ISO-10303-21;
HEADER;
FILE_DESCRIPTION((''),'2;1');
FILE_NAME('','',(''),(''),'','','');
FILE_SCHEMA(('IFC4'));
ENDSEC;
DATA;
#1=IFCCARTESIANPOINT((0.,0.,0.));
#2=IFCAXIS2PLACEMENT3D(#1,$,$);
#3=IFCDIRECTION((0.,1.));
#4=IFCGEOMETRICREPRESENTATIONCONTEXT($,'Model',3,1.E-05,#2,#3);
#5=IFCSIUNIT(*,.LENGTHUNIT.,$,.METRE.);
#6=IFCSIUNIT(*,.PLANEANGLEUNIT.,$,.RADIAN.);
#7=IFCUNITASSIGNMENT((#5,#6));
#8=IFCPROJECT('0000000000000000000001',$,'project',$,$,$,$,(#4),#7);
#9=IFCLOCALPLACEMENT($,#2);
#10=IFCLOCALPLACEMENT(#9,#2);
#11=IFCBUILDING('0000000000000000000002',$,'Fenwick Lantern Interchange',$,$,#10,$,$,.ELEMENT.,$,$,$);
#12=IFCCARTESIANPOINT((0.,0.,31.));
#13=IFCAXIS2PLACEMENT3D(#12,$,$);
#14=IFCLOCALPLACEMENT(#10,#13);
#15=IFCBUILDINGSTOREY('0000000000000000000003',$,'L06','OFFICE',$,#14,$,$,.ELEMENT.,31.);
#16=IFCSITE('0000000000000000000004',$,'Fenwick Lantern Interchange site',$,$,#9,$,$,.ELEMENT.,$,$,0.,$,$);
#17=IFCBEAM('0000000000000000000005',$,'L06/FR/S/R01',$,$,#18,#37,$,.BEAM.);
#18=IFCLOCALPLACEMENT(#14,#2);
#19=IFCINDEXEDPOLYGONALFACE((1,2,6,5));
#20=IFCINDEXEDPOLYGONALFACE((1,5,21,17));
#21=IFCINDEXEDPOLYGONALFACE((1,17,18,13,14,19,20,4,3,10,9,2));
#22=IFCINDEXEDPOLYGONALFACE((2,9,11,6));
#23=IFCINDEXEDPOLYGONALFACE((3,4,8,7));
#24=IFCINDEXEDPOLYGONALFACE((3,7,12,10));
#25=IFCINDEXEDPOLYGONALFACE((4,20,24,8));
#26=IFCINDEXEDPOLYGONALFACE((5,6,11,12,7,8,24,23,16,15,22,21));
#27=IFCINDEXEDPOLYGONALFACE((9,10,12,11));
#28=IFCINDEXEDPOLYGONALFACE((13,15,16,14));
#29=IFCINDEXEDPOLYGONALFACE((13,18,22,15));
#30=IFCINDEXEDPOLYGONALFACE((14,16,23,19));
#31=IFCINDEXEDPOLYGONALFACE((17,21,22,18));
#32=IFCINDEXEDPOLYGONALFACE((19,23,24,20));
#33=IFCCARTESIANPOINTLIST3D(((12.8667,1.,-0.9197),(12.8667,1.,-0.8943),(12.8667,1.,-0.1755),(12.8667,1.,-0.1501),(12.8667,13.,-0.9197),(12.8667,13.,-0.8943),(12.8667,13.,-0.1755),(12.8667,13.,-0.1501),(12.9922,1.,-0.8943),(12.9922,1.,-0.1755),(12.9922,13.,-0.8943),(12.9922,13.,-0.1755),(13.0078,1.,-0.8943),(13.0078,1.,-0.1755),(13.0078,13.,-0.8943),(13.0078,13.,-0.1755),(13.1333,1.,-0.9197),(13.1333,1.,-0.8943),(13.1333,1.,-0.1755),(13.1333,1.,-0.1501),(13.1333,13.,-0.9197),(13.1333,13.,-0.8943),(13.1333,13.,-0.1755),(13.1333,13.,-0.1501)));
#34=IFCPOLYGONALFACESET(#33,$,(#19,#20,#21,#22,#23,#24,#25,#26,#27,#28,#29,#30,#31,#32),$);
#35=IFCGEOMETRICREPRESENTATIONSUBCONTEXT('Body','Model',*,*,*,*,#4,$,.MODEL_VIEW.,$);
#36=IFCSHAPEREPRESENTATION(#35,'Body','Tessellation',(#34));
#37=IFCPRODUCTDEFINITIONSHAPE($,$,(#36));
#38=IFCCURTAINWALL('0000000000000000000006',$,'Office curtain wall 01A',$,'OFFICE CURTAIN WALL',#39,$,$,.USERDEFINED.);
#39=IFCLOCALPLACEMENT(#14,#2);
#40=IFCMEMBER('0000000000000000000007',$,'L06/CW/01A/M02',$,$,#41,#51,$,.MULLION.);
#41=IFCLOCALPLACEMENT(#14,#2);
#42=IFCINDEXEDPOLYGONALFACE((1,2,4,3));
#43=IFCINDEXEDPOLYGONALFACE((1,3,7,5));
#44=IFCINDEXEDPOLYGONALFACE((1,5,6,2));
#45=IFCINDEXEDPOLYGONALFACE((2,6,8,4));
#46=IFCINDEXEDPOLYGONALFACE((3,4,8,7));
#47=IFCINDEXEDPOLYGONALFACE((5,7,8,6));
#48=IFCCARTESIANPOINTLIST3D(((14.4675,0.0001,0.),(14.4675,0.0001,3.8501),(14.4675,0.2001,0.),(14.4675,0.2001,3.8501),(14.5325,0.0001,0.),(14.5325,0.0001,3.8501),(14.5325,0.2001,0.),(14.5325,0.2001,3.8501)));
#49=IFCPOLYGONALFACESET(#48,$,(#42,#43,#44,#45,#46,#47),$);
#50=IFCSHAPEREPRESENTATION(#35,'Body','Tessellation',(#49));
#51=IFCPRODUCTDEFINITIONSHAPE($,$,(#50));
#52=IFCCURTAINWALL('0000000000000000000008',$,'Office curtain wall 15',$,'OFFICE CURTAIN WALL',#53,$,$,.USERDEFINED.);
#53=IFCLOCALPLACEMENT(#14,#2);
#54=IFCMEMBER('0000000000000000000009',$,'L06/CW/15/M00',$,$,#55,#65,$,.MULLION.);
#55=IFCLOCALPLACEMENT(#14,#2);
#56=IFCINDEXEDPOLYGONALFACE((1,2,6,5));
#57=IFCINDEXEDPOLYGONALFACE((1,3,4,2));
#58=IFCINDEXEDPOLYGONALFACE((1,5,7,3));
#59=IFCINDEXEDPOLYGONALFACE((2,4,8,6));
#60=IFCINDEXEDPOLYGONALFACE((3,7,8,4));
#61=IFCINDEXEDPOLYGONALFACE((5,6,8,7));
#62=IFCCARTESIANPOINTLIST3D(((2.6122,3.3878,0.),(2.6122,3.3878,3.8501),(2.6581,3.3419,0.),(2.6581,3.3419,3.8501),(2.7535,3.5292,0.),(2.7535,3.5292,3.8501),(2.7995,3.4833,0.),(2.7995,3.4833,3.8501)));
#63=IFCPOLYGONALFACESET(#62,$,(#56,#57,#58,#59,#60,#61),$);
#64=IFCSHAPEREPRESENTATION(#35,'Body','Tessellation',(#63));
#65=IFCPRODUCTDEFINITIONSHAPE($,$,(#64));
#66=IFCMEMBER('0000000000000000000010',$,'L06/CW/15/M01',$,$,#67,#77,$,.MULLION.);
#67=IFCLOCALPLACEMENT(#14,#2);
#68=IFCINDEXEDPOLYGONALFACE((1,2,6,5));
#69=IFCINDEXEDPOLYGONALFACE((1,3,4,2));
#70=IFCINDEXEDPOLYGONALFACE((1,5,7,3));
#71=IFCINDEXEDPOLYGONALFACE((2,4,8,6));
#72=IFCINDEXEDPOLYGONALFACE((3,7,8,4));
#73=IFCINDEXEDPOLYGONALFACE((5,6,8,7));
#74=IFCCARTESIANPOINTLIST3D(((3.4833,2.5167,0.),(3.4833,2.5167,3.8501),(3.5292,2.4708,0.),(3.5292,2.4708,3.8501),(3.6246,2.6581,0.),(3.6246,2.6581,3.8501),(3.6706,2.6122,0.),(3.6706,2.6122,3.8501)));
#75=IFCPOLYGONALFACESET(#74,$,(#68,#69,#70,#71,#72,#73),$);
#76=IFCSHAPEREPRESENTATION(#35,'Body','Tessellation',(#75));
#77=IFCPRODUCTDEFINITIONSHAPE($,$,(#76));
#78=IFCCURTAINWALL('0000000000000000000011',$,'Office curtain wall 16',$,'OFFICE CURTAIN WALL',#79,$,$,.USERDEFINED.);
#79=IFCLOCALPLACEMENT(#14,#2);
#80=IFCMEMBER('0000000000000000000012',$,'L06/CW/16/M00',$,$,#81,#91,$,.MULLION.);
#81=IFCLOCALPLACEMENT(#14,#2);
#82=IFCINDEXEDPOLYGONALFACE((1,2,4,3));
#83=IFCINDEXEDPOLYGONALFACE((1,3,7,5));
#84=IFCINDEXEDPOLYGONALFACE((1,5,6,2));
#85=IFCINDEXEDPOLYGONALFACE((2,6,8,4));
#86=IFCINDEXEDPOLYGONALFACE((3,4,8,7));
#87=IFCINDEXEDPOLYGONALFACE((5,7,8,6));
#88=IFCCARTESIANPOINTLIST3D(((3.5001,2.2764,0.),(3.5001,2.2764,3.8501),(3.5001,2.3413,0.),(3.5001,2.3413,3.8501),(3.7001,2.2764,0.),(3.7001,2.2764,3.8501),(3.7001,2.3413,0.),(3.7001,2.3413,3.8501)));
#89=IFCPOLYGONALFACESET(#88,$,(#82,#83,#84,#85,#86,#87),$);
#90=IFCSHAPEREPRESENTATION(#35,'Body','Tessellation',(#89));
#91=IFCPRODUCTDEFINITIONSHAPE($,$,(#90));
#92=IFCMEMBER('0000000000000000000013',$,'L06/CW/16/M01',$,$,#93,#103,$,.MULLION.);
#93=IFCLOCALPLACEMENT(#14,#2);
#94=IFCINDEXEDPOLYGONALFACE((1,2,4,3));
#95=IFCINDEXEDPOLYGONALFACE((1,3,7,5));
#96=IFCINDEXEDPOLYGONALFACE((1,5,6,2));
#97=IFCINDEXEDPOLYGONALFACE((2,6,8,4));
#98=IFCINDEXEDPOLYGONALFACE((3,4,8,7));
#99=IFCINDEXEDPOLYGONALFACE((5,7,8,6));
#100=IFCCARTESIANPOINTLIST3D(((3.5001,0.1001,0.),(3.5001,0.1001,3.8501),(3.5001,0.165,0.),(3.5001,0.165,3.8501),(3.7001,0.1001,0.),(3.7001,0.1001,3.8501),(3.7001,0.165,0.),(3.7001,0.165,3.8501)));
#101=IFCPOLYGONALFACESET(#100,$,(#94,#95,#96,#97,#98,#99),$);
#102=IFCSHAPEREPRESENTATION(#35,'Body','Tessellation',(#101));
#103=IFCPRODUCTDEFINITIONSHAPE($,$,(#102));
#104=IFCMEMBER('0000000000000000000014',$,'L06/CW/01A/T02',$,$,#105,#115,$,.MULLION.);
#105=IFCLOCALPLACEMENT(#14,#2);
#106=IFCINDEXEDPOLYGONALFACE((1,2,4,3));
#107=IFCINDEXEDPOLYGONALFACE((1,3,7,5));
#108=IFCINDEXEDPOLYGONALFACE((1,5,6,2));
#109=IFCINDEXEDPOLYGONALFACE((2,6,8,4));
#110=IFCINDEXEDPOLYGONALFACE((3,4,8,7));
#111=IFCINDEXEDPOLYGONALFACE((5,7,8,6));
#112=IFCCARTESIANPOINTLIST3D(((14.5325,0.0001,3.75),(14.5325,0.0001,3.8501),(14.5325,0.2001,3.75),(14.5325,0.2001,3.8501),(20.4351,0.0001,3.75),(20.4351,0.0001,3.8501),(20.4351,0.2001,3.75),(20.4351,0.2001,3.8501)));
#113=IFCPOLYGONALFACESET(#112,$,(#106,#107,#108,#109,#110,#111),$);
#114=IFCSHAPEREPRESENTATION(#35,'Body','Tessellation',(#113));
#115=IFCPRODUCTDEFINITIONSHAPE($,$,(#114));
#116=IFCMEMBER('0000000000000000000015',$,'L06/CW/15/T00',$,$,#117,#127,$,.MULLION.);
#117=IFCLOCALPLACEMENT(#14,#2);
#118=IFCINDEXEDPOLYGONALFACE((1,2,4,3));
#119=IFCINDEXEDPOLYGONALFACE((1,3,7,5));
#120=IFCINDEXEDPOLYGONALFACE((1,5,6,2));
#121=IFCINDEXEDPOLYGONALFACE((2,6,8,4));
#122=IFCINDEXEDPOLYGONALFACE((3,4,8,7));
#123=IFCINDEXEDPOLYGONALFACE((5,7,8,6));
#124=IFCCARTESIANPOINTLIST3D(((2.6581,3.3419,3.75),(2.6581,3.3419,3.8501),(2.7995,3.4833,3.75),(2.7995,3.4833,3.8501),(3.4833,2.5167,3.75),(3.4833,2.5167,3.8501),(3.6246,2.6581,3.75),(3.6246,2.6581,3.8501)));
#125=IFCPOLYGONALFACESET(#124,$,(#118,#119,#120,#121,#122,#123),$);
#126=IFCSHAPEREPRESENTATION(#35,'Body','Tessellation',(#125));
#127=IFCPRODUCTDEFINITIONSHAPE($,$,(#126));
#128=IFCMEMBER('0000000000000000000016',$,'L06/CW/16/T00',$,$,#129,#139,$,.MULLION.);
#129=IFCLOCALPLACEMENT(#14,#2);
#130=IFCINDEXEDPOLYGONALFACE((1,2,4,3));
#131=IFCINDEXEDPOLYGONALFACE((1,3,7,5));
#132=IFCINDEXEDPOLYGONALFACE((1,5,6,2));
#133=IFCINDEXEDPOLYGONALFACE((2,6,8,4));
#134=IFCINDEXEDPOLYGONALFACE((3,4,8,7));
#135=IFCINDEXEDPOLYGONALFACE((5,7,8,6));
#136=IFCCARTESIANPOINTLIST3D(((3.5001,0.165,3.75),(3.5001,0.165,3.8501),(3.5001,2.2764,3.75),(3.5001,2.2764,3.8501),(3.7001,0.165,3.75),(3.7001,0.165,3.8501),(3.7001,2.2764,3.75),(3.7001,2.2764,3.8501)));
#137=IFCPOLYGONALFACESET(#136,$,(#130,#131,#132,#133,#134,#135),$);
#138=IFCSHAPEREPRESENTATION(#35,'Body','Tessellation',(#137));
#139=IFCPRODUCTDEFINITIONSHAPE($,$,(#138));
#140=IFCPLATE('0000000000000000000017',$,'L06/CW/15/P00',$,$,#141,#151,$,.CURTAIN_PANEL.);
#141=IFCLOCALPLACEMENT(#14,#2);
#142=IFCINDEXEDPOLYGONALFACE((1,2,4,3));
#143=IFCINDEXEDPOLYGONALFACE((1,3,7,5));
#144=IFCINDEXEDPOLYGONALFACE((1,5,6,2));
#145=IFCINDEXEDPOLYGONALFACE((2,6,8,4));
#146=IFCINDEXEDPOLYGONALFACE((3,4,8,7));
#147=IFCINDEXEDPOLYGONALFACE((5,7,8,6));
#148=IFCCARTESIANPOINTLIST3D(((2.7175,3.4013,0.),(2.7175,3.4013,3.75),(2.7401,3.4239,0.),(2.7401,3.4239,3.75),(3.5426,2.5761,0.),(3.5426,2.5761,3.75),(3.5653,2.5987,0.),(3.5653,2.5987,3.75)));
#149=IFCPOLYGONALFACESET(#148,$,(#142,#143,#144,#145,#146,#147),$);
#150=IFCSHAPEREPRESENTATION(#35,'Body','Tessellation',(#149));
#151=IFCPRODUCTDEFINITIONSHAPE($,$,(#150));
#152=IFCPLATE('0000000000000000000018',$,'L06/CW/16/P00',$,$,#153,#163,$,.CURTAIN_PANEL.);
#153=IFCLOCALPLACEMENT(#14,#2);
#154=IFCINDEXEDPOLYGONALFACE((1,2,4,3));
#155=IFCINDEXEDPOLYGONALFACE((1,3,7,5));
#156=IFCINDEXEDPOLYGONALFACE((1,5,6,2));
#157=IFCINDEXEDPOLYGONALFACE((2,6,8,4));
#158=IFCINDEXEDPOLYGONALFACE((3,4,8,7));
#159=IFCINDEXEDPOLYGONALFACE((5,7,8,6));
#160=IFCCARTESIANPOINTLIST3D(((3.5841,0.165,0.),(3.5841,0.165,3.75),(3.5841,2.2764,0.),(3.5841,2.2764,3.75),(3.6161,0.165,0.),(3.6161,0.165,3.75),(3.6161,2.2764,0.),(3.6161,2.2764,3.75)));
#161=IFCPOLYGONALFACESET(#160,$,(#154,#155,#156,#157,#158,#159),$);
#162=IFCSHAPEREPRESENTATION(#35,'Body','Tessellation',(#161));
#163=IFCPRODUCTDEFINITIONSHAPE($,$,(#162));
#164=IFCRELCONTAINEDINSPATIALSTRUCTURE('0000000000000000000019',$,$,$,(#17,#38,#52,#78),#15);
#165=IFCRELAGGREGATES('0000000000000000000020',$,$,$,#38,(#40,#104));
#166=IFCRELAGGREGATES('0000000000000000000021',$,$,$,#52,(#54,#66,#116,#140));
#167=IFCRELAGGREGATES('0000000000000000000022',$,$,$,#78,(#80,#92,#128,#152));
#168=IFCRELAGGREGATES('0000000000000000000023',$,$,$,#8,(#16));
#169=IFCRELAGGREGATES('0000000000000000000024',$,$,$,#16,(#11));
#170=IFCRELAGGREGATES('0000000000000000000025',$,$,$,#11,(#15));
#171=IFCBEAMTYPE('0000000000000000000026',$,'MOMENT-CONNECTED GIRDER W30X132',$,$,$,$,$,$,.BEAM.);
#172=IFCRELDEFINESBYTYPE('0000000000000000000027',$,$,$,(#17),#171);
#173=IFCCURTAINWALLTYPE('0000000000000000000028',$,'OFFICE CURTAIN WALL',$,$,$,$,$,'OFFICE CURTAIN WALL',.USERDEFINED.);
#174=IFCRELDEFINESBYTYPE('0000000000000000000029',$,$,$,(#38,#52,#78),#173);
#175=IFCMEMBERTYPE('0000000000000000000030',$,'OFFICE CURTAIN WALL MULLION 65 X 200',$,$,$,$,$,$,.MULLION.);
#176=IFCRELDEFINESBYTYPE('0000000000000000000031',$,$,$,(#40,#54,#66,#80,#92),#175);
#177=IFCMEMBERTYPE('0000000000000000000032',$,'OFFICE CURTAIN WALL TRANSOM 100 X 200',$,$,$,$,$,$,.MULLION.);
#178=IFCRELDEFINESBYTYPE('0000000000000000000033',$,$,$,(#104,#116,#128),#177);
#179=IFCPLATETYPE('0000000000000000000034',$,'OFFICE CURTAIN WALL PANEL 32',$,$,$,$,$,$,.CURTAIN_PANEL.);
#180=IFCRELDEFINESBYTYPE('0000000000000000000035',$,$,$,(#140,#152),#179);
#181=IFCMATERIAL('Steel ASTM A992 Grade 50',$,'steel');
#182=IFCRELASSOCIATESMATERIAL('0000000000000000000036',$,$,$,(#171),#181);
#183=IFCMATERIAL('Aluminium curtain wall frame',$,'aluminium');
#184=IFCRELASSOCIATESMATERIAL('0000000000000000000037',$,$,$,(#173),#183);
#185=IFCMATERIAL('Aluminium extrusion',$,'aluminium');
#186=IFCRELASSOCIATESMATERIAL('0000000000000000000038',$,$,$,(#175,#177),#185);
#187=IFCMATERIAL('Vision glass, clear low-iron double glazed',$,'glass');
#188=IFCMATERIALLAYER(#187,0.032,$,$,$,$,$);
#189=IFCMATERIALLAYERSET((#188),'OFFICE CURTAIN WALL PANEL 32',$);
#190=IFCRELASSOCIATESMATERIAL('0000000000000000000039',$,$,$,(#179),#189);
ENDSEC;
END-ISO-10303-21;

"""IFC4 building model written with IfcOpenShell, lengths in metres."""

from ifc_helpers import new_model, si_unit, direction, frame, origin, origin_2d, place, context, subcontext, project, spatial, rectangle, i_section, extrude, material, layer, layer_set, material_profile, profile_set, type_object, element, aggregate, save


model = new_model("IFC4")

# Units and contexts
model_context = context("Model", 3, precision=1e-05, world=origin(), true_north=direction((0.0, 1.0)))
body_context = subcontext(model_context, "Body", "Model", "MODEL_VIEW")
ifc_project = project(units=[si_unit("LENGTHUNIT", "METRE"), si_unit("PLANEANGLEUNIT", "RADIAN")], contexts=[model_context])

# Site, building, storey
site_placement = place(None, origin())
site = spatial("IfcSite", under=ifc_project, at=site_placement, Name="Fenwick Lantern Interchange site", CompositionType="ELEMENT", RefElevation=0.0)
building_placement = place(site_placement, origin())
building = spatial("IfcBuilding", under=site, at=building_placement, Name="Fenwick Lantern Interchange", CompositionType="ELEMENT")
storey_placement = place(building_placement, frame((0.0, 0.0, 31.0)))
storey = spatial("IfcBuildingStorey", under=building, at=storey_placement, Name="L06", Description="OFFICE", CompositionType="ELEMENT", Elevation=31.0)

# Shared definitions
ifc_material_1 = material(Name="Steel ASTM A992 Grade 50", Category="steel")

# Beam
ifc_material_profile_1 = material_profile(ifc_material_1, i_section(OverallWidth=0.2666, OverallDepth=0.7695, WebThickness=0.0156, FlangeThickness=0.0254, at=origin_2d()), Name="W30X132")
ifc_profile_set_1 = profile_set([ifc_material_profile_1], Name="Steel ASTM A992 Grade 50")
beam_type_1 = type_object("IfcBeamType", Name="MOMENT-CONNECTED GIRDER W30X132", PredefinedType="BEAM", material=ifc_profile_set_1)
beam_1_placement = place(storey_placement, frame((13.0, 1.0, -0.5349), z_axis=(0.0, 1.0, 0.0), x_axis=(-1.0, 0.0, 0.0)))
element("IfcBeam", 1, at=beam_1_placement, inside=storey, type_object=beam_type_1, Name="L06/FR/S/R01", PredefinedType="BEAM", context=body_context, shape_type="SweptSolid", body=[
    extrude(i_section(OverallWidth=0.2666, OverallDepth=0.7695, WebThickness=0.0156, FlangeThickness=0.0254, at=origin_2d()), origin(), (0.0, 0.0, 1.0), 12.0),
])

# Curtain wall, member
ifc_material_2 = material(Name="Aluminium curtain wall frame", Category="aluminium")
curtain_wall_type = type_object("IfcCurtainWallType", Name="OFFICE CURTAIN WALL", ElementType="OFFICE CURTAIN WALL", PredefinedType="USERDEFINED", material=ifc_material_2)
curtain_wall_1_placement = place(storey_placement, origin())
curtain_wall_1 = element("IfcCurtainWall", 2, at=curtain_wall_1_placement, inside=storey, type_object=curtain_wall_type, Name="Office curtain wall 01A", ObjectType="OFFICE CURTAIN WALL", PredefinedType="USERDEFINED")
ifc_material_3 = material(Name="Aluminium extrusion", Category="aluminium")
ifc_material_profile_2 = material_profile(ifc_material_3, rectangle(XDim=0.2, YDim=0.0649, at=origin_2d()), Name="OFFICE CURTAIN WALL MULLION 65 X 200")
ifc_profile_set_2 = profile_set([ifc_material_profile_2], Name="Aluminium extrusion")
member_type_1 = type_object("IfcMemberType", Name="OFFICE CURTAIN WALL MULLION 65 X 200", PredefinedType="MULLION", material=ifc_profile_set_2)
member_1_placement = place(storey_placement, frame((14.5, 0.1001, 0.0), z_axis=(0.0, 0.0, 1.0), x_axis=(0.0, 1.0, 0.0)))
member_1 = element("IfcMember", 3, at=member_1_placement, type_object=member_type_1, Name="L06/CW/01A/M02", PredefinedType="MULLION", context=body_context, shape_type="SweptSolid", body=[
    extrude(rectangle(XDim=0.2, YDim=0.0649, at=origin_2d()), origin(), (0.0, 0.0, 1.0), 3.8501),
])

# Curtain walls, members
curtain_wall_2_placement = place(storey_placement, origin())
curtain_wall_2 = element("IfcCurtainWall", 4, at=curtain_wall_2_placement, inside=storey, type_object=curtain_wall_type, Name="Office curtain wall 15", ObjectType="OFFICE CURTAIN WALL", PredefinedType="USERDEFINED")
member_2_placement = place(storey_placement, frame((2.7058, 3.4355, 0.0), z_axis=(0.0, 0.0, 1.0), x_axis=(0.707107, 0.707107, 0.0)))
member_2 = element("IfcMember", 5, at=member_2_placement, type_object=member_type_1, Name="L06/CW/15/M00", PredefinedType="MULLION", context=body_context, shape_type="SweptSolid", body=[
    extrude(rectangle(XDim=0.2, YDim=0.0649, at=origin_2d()), origin(), (0.0, 0.0, 1.0), 3.8501),
])
member_3_placement = place(storey_placement, frame((3.5769, 2.5645, 0.0), z_axis=(0.0, 0.0, 1.0), x_axis=(0.707107, 0.707107, 0.0)))
member_3 = element("IfcMember", 6, at=member_3_placement, type_object=member_type_1, Name="L06/CW/15/M01", PredefinedType="MULLION", context=body_context, shape_type="SweptSolid", body=[
    extrude(rectangle(XDim=0.2, YDim=0.0649, at=origin_2d()), origin(), (0.0, 0.0, 1.0), 3.8501),
])
curtain_wall_3_placement = place(storey_placement, origin())
curtain_wall_3 = element("IfcCurtainWall", 7, at=curtain_wall_3_placement, inside=storey, type_object=curtain_wall_type, Name="Office curtain wall 16", ObjectType="OFFICE CURTAIN WALL", PredefinedType="USERDEFINED")
member_4_placement = place(storey_placement, frame((3.6001, 2.3088, 0.0), z_axis=(0.0, 0.0, 1.0), x_axis=(1.0, 0.0, 0.0)))
member_4 = element("IfcMember", 8, at=member_4_placement, type_object=member_type_1, Name="L06/CW/16/M00", PredefinedType="MULLION", context=body_context, shape_type="SweptSolid", body=[
    extrude(rectangle(XDim=0.2, YDim=0.0649, at=origin_2d()), origin(), (0.0, 0.0, 1.0), 3.8501),
])
member_5_placement = place(storey_placement, frame((3.6001, 0.1326, 0.0), z_axis=(0.0, 0.0, 1.0), x_axis=(1.0, 0.0, 0.0)))
member_5 = element("IfcMember", 9, at=member_5_placement, type_object=member_type_1, Name="L06/CW/16/M01", PredefinedType="MULLION", context=body_context, shape_type="SweptSolid", body=[
    extrude(rectangle(XDim=0.2, YDim=0.0649, at=origin_2d()), origin(), (0.0, 0.0, 1.0), 3.8501),
])

# Members
ifc_material_profile_3 = material_profile(ifc_material_3, rectangle(XDim=0.2, YDim=0.1001, at=origin_2d()), Name="OFFICE CURTAIN WALL TRANSOM 100 X 200")
ifc_profile_set_3 = profile_set([ifc_material_profile_3], Name="Aluminium extrusion")
member_type_2 = type_object("IfcMemberType", Name="OFFICE CURTAIN WALL TRANSOM 100 X 200", PredefinedType="MULLION", material=ifc_profile_set_3)
member_6_placement = place(storey_placement, frame((14.5325, 0.1001, 3.8), z_axis=(1.0, 0.0, 0.0), x_axis=(0.0, 1.0, 0.0)))
member_6 = element("IfcMember", 10, at=member_6_placement, type_object=member_type_2, Name="L06/CW/01A/T02", PredefinedType="MULLION", context=body_context, shape_type="SweptSolid", body=[
    extrude(rectangle(XDim=0.2, YDim=0.1001, at=origin_2d()), origin(), (0.0, 0.0, 1.0), 5.9026),
])
aggregate(curtain_wall_1, [member_1, member_6])
member_7_placement = place(storey_placement, frame((2.7288, 3.4126, 3.8), z_axis=(0.707107, -0.707107, 0.0), x_axis=(0.707107, 0.707107, 0.0)))
member_7 = element("IfcMember", 11, at=member_7_placement, type_object=member_type_2, Name="L06/CW/15/T00", PredefinedType="MULLION", context=body_context, shape_type="SweptSolid", body=[
    extrude(rectangle(XDim=0.2, YDim=0.1001, at=origin_2d()), origin(), (0.0, 0.0, 1.0), 1.167),
])
member_8_placement = place(storey_placement, frame((3.6001, 2.2764, 3.8), z_axis=(0.0, -1.0, 0.0), x_axis=(1.0, 0.0, 0.0)))
member_8 = element("IfcMember", 12, at=member_8_placement, type_object=member_type_2, Name="L06/CW/16/T00", PredefinedType="MULLION", context=body_context, shape_type="SweptSolid", body=[
    extrude(rectangle(XDim=0.2, YDim=0.1001, at=origin_2d()), origin(), (0.0, 0.0, 1.0), 2.1113),
])

# Plates
ifc_material_4 = material(Name="Vision glass, clear low-iron double glazed", Category="glass")
ifc_layer = layer(ifc_material_4, 0.032)
ifc_layer_set = layer_set([ifc_layer], Name="OFFICE CURTAIN WALL PANEL 32")
plate_type = type_object("IfcPlateType", Name="OFFICE CURTAIN WALL PANEL 32", PredefinedType="CURTAIN_PANEL", material=ifc_layer_set)
plate_1_placement = place(storey_placement, frame((3.1414, 3.0, 0.0), z_axis=(0.0, 0.0, 1.0), x_axis=(0.707107, -0.707107, 0.0)))
plate_1 = element("IfcPlate", 13, at=plate_1_placement, type_object=plate_type, Name="L06/CW/15/P00", PredefinedType="CURTAIN_PANEL", context=body_context, shape_type="SweptSolid", body=[
    extrude(rectangle(XDim=1.167, YDim=0.032, at=origin_2d()), origin(), (0.0, 0.0, 1.0), 3.75),
])
aggregate(curtain_wall_2, [member_2, member_3, member_7, plate_1])
plate_2_placement = place(storey_placement, frame((3.6001, 1.2207, 0.0), z_axis=(0.0, 0.0, 1.0), x_axis=(0.0, -1.0, 0.0)))
plate_2 = element("IfcPlate", 14, at=plate_2_placement, type_object=plate_type, Name="L06/CW/16/P00", PredefinedType="CURTAIN_PANEL", context=body_context, shape_type="SweptSolid", body=[
    extrude(rectangle(XDim=2.1113, YDim=0.032, at=origin_2d()), origin(), (0.0, 0.0, 1.0), 3.75),
])
aggregate(curtain_wall_3, [member_4, member_5, member_8, plate_2])

save(model, "model.ifc")
